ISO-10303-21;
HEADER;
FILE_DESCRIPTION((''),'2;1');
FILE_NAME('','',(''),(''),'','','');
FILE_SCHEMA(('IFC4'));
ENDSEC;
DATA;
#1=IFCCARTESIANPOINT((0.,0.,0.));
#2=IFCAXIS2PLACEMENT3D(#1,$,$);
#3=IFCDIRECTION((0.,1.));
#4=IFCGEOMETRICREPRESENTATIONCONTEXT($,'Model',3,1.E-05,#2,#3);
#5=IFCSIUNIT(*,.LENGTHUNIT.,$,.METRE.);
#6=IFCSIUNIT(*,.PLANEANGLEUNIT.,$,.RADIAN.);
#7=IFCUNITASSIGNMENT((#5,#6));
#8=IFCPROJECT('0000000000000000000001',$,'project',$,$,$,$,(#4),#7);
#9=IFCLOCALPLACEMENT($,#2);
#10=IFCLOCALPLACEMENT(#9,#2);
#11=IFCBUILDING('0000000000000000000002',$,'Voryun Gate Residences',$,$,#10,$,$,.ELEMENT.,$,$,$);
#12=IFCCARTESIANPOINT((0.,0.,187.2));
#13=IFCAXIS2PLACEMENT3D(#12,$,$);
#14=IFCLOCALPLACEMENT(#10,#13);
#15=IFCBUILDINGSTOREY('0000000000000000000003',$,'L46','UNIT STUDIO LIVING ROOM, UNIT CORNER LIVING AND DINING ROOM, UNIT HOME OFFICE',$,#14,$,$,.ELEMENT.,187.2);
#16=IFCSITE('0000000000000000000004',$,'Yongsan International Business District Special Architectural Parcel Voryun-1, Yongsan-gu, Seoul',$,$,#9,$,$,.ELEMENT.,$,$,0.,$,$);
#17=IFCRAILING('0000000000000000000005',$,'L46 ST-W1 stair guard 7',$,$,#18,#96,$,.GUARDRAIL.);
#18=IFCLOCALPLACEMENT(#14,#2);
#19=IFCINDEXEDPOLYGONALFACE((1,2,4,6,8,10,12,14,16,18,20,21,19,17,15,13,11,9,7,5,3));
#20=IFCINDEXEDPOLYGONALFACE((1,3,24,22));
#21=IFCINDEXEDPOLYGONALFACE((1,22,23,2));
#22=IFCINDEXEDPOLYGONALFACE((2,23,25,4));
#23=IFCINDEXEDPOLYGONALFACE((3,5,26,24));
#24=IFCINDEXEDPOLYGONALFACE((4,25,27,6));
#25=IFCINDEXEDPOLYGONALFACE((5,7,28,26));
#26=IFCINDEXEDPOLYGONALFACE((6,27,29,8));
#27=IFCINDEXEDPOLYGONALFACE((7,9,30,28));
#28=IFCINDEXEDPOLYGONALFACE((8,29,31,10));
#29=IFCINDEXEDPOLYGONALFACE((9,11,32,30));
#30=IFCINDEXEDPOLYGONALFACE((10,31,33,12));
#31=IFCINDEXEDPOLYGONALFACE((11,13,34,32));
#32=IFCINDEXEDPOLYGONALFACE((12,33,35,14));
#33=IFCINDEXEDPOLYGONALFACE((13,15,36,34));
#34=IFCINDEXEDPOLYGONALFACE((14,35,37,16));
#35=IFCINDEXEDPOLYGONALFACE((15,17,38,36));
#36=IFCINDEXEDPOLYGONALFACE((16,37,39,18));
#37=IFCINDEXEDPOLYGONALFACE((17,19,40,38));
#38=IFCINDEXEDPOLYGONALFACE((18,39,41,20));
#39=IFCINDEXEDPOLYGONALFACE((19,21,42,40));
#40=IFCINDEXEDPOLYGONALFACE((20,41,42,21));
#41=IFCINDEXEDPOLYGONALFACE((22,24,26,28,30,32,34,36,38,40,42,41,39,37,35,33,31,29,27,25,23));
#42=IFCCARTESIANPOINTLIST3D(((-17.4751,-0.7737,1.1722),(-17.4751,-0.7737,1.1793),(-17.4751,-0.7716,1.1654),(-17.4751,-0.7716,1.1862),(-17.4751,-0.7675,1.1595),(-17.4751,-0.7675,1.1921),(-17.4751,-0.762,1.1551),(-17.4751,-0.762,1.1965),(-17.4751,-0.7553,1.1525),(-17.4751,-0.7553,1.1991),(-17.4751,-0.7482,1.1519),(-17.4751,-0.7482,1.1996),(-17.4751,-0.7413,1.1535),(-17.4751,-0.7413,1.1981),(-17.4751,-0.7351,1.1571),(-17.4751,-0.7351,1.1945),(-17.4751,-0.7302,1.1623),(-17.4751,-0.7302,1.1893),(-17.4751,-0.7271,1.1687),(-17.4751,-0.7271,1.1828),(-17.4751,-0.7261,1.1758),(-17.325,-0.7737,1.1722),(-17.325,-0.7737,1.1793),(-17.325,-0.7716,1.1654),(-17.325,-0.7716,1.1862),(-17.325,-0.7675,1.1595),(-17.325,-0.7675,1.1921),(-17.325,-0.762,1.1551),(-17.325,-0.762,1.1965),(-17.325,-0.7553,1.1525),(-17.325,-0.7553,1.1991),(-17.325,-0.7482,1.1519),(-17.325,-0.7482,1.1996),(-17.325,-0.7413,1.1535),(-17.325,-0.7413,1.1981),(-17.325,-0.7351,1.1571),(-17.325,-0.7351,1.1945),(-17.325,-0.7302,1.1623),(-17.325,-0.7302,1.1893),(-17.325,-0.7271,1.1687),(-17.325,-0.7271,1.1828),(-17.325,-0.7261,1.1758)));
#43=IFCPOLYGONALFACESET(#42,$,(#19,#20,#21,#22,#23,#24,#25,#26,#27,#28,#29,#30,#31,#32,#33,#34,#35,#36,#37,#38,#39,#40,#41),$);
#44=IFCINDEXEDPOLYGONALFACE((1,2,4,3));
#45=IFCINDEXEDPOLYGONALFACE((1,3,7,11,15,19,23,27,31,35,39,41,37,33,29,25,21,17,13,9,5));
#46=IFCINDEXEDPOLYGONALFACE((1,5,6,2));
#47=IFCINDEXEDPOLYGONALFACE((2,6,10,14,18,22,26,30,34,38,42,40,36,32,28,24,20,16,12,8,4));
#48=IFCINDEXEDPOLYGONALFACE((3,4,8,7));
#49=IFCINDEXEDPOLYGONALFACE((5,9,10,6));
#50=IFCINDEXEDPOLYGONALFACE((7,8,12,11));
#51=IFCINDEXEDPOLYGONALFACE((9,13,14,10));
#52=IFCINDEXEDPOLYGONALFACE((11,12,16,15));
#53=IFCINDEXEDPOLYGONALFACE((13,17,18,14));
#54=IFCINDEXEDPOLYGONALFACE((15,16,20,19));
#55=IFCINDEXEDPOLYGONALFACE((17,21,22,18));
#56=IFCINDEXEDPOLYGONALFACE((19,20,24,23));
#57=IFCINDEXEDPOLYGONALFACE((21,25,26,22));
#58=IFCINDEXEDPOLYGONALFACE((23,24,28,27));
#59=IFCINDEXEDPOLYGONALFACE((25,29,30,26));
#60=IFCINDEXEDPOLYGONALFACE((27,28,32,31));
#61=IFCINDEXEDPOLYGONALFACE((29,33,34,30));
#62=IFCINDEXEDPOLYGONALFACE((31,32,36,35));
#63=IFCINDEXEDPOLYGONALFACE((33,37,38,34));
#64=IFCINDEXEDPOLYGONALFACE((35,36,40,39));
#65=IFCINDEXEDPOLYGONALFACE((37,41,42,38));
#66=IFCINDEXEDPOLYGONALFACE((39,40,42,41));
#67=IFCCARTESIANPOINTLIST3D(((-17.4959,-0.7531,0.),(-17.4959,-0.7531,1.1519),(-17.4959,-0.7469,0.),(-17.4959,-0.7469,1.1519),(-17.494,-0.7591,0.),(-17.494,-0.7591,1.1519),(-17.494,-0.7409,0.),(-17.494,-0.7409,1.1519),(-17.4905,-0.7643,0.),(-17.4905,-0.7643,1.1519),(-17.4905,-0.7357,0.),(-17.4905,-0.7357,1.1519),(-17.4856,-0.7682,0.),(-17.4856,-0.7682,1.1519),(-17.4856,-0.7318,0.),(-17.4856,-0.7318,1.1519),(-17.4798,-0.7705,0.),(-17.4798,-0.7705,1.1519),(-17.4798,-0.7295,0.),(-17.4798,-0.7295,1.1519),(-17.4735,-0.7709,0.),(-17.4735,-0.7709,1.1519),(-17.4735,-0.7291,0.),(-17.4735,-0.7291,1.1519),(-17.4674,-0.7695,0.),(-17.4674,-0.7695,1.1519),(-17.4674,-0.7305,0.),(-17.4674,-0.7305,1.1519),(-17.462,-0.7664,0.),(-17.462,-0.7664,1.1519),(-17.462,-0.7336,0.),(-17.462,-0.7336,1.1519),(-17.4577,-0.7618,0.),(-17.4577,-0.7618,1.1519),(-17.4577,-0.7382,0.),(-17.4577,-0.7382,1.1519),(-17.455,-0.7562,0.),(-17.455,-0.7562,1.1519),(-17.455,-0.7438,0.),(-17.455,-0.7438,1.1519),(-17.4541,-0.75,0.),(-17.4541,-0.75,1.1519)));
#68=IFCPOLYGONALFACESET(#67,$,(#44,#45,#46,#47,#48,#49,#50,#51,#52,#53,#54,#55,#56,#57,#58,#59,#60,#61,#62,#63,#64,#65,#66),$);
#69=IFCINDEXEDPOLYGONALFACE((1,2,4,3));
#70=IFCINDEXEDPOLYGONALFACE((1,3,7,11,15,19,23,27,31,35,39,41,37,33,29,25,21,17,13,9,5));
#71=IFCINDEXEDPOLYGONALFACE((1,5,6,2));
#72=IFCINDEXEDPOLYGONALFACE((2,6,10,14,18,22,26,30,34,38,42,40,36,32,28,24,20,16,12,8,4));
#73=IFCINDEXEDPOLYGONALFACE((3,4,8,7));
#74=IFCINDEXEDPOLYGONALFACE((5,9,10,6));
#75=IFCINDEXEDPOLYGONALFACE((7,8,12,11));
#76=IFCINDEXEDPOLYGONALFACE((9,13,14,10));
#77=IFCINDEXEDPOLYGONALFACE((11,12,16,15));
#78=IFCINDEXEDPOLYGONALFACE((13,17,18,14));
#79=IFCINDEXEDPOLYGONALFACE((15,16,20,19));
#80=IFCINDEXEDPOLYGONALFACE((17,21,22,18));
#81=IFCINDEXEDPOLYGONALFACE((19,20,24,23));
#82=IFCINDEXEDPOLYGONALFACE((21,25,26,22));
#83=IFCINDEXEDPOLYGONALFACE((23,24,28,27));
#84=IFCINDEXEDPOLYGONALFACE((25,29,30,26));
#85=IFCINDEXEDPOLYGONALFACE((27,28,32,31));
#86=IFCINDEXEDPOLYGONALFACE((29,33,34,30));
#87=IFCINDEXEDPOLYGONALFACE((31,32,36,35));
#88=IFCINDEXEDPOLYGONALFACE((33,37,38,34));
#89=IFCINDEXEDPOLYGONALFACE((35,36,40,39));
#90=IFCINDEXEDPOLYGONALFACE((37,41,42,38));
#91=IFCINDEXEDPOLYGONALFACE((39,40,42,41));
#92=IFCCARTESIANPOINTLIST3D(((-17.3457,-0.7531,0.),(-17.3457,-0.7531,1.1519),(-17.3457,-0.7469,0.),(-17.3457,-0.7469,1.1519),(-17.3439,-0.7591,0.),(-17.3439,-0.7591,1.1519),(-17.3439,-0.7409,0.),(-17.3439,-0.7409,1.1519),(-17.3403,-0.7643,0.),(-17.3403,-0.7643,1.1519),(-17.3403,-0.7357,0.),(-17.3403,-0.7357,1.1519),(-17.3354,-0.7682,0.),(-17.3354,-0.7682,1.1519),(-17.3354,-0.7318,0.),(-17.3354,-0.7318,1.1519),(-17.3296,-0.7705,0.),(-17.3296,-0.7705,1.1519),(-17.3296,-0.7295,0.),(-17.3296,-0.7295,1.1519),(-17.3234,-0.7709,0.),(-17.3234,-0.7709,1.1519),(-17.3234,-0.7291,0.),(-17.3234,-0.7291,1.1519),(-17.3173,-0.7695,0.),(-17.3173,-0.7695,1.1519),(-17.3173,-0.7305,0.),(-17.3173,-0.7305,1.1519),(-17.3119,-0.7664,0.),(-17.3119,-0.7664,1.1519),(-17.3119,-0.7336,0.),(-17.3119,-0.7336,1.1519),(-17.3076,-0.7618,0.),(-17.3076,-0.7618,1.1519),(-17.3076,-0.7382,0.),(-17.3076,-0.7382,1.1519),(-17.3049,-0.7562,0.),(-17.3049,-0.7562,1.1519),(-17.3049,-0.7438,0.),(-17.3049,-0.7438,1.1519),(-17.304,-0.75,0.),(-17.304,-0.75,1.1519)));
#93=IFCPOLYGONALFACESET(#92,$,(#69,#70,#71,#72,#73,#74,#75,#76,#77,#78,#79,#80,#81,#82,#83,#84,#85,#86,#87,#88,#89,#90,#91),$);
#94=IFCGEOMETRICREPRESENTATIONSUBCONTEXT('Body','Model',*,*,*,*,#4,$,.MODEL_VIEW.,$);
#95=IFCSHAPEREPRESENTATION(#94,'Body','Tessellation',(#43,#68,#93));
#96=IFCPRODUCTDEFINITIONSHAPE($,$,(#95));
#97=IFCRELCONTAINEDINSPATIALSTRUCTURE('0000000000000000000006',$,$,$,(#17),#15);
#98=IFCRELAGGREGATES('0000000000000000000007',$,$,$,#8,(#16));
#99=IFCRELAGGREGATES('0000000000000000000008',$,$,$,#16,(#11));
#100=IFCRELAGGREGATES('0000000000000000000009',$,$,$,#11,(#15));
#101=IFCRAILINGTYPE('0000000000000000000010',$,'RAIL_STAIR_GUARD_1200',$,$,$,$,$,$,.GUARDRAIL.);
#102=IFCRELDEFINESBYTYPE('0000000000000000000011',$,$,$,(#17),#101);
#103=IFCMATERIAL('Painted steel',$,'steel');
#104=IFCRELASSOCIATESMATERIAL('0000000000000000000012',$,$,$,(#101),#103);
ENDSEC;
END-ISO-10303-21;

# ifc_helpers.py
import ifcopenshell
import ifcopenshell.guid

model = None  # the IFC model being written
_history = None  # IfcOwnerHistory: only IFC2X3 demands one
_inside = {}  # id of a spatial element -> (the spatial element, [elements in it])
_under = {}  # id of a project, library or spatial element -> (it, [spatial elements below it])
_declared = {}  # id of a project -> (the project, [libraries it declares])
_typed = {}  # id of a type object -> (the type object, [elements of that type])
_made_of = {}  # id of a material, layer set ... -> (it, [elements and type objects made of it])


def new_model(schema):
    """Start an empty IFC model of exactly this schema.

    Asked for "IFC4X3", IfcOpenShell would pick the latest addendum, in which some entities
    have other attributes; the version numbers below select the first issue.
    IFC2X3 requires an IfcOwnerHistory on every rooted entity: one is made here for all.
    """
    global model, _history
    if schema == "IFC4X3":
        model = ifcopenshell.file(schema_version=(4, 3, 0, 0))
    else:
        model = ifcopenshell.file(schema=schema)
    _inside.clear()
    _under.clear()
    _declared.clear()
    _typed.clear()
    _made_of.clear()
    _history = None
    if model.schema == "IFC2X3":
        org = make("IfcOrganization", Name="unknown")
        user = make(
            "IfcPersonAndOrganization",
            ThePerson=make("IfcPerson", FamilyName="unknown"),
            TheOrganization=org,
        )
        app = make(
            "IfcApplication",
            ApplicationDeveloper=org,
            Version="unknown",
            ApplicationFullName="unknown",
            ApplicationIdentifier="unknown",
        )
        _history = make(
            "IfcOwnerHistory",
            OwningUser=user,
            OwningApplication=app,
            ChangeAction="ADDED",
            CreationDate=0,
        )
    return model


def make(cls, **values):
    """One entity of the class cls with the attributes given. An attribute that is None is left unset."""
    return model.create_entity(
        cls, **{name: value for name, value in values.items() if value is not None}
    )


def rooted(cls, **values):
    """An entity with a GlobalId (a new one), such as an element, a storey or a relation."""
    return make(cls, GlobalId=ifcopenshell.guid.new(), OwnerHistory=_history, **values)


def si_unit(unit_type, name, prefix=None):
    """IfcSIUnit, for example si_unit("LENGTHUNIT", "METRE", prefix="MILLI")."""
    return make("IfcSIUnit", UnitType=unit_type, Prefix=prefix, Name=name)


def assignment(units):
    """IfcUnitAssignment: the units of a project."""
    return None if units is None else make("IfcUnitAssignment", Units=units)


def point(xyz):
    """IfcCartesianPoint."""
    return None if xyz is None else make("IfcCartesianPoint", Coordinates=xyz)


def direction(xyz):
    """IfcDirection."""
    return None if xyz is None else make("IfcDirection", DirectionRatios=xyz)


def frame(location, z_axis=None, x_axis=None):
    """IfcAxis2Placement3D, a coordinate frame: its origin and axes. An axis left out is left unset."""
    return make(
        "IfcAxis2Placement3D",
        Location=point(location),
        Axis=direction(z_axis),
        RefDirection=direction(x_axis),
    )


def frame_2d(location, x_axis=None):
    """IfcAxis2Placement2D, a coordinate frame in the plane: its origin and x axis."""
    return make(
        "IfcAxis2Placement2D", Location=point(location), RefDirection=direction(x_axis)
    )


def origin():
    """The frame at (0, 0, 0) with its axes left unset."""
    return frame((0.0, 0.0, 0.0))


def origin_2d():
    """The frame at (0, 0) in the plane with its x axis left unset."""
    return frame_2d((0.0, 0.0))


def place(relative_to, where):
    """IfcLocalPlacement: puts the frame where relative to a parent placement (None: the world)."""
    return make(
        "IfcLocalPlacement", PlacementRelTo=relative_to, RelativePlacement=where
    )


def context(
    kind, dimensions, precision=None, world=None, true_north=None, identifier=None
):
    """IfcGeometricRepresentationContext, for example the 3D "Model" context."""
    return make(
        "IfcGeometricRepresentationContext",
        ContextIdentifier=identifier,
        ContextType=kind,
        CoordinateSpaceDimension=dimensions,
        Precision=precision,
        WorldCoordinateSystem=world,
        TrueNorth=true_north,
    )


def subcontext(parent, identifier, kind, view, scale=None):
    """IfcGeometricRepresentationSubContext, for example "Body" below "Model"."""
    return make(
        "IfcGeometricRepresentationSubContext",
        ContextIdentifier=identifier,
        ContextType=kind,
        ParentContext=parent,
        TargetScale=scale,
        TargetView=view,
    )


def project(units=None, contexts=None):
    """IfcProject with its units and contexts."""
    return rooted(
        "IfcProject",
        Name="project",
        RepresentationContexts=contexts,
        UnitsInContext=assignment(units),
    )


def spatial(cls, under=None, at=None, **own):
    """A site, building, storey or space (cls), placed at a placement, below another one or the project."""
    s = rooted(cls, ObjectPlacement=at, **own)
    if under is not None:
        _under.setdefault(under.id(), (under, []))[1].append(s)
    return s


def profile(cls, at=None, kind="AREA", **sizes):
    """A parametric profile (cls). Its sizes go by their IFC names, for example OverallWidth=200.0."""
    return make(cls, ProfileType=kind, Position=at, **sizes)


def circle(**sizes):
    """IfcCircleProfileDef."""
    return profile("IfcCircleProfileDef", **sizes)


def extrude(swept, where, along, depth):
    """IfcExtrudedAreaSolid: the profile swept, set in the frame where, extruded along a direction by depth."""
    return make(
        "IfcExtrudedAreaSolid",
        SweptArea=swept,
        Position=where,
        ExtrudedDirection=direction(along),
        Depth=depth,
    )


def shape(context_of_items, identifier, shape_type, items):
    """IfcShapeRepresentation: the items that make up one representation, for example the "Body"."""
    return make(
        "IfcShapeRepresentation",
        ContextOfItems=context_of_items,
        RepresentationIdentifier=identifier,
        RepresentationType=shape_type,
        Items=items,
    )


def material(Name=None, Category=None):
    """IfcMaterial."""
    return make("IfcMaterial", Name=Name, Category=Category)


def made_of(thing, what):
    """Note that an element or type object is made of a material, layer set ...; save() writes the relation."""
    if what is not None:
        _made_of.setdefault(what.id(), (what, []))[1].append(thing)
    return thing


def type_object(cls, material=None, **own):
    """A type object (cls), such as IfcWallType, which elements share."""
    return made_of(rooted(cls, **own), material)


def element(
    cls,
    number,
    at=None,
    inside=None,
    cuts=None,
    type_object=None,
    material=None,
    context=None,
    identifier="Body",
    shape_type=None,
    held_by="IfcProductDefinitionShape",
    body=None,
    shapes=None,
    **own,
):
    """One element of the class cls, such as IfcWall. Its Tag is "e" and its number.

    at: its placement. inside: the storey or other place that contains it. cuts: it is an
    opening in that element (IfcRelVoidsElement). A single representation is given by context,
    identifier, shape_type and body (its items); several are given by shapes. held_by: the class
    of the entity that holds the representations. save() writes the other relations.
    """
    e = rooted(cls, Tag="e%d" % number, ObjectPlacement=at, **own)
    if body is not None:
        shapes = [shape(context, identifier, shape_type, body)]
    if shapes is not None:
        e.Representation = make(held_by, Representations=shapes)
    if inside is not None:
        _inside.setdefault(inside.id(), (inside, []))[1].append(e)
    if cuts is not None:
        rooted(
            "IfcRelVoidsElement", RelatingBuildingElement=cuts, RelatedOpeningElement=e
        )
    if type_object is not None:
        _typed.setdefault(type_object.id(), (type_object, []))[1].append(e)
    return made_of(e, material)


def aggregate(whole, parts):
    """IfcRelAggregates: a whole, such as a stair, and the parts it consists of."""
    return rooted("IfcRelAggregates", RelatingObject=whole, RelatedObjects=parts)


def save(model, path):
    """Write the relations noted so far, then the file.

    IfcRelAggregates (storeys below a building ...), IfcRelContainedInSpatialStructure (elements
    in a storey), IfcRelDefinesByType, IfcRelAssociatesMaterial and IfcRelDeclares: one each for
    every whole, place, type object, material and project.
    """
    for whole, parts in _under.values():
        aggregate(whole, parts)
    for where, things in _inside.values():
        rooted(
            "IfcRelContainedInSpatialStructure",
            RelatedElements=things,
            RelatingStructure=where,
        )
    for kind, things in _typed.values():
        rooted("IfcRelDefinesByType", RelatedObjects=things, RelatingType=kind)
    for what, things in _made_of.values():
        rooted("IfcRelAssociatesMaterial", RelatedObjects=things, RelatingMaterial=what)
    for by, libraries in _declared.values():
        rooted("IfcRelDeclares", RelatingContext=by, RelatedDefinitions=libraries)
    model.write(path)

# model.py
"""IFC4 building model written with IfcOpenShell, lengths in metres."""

from ifc_helpers import new_model, si_unit, direction, frame, origin, origin_2d, place, context, subcontext, project, spatial, circle, extrude, material, type_object, element, save


model = new_model("IFC4")

# Units and contexts
model_context = context("Model", 3, precision=1e-05, world=origin(), true_north=direction((0.0, 1.0)))
body_context = subcontext(model_context, "Body", "Model", "MODEL_VIEW")
ifc_project = project(units=[si_unit("LENGTHUNIT", "METRE"), si_unit("PLANEANGLEUNIT", "RADIAN")], contexts=[model_context])

# Site, building, storey
site_placement = place(None, origin())
site = spatial("IfcSite", under=ifc_project, at=site_placement, Name="Yongsan International Business District Special Architectural Parcel Voryun-1, Yongsan-gu, Seoul", CompositionType="ELEMENT", RefElevation=0.0)
building_placement = place(site_placement, origin())
building = spatial("IfcBuilding", under=site, at=building_placement, Name="Voryun Gate Residences", CompositionType="ELEMENT")
storey_placement = place(building_placement, frame((0.0, 0.0, 187.2)))
storey = spatial("IfcBuildingStorey", under=building, at=storey_placement, Name="L46", Description="UNIT STUDIO LIVING ROOM, UNIT CORNER LIVING AND DINING ROOM, UNIT HOME OFFICE", CompositionType="ELEMENT", Elevation=187.2)

# Railing
ifc_material_1 = material(Name="Painted steel", Category="steel")
railing_type_1 = type_object("IfcRailingType", Name="RAIL_STAIR_GUARD_1200", PredefinedType="GUARDRAIL", material=ifc_material_1)
railing_1_placement = place(storey_placement, frame((-17.4751, -0.75, 0.0)))
element("IfcRailing", 1, at=railing_1_placement, inside=storey, type_object=railing_type_1, Name="L46 ST-W1 stair guard 7", PredefinedType="GUARDRAIL", context=body_context, shape_type="SweptSolid", body=[
    extrude(circle(Radius=0.0239, at=origin_2d()), frame((0.0, 0.0, 1.1758), z_axis=(1.0, 0.0, 0.0), x_axis=(0.0, 1.0, 0.0)), (0.0, 0.0, 1.0), 0.1501),
    extrude(circle(Radius=0.021, at=origin_2d()), origin(), (0.0, 0.0, 1.0), 1.1519),
    extrude(circle(Radius=0.021, at=origin_2d()), frame((0.1501, 0.0, 0.0)), (0.0, 0.0, 1.0), 1.1519),
])

save(model, "model.ifc")
